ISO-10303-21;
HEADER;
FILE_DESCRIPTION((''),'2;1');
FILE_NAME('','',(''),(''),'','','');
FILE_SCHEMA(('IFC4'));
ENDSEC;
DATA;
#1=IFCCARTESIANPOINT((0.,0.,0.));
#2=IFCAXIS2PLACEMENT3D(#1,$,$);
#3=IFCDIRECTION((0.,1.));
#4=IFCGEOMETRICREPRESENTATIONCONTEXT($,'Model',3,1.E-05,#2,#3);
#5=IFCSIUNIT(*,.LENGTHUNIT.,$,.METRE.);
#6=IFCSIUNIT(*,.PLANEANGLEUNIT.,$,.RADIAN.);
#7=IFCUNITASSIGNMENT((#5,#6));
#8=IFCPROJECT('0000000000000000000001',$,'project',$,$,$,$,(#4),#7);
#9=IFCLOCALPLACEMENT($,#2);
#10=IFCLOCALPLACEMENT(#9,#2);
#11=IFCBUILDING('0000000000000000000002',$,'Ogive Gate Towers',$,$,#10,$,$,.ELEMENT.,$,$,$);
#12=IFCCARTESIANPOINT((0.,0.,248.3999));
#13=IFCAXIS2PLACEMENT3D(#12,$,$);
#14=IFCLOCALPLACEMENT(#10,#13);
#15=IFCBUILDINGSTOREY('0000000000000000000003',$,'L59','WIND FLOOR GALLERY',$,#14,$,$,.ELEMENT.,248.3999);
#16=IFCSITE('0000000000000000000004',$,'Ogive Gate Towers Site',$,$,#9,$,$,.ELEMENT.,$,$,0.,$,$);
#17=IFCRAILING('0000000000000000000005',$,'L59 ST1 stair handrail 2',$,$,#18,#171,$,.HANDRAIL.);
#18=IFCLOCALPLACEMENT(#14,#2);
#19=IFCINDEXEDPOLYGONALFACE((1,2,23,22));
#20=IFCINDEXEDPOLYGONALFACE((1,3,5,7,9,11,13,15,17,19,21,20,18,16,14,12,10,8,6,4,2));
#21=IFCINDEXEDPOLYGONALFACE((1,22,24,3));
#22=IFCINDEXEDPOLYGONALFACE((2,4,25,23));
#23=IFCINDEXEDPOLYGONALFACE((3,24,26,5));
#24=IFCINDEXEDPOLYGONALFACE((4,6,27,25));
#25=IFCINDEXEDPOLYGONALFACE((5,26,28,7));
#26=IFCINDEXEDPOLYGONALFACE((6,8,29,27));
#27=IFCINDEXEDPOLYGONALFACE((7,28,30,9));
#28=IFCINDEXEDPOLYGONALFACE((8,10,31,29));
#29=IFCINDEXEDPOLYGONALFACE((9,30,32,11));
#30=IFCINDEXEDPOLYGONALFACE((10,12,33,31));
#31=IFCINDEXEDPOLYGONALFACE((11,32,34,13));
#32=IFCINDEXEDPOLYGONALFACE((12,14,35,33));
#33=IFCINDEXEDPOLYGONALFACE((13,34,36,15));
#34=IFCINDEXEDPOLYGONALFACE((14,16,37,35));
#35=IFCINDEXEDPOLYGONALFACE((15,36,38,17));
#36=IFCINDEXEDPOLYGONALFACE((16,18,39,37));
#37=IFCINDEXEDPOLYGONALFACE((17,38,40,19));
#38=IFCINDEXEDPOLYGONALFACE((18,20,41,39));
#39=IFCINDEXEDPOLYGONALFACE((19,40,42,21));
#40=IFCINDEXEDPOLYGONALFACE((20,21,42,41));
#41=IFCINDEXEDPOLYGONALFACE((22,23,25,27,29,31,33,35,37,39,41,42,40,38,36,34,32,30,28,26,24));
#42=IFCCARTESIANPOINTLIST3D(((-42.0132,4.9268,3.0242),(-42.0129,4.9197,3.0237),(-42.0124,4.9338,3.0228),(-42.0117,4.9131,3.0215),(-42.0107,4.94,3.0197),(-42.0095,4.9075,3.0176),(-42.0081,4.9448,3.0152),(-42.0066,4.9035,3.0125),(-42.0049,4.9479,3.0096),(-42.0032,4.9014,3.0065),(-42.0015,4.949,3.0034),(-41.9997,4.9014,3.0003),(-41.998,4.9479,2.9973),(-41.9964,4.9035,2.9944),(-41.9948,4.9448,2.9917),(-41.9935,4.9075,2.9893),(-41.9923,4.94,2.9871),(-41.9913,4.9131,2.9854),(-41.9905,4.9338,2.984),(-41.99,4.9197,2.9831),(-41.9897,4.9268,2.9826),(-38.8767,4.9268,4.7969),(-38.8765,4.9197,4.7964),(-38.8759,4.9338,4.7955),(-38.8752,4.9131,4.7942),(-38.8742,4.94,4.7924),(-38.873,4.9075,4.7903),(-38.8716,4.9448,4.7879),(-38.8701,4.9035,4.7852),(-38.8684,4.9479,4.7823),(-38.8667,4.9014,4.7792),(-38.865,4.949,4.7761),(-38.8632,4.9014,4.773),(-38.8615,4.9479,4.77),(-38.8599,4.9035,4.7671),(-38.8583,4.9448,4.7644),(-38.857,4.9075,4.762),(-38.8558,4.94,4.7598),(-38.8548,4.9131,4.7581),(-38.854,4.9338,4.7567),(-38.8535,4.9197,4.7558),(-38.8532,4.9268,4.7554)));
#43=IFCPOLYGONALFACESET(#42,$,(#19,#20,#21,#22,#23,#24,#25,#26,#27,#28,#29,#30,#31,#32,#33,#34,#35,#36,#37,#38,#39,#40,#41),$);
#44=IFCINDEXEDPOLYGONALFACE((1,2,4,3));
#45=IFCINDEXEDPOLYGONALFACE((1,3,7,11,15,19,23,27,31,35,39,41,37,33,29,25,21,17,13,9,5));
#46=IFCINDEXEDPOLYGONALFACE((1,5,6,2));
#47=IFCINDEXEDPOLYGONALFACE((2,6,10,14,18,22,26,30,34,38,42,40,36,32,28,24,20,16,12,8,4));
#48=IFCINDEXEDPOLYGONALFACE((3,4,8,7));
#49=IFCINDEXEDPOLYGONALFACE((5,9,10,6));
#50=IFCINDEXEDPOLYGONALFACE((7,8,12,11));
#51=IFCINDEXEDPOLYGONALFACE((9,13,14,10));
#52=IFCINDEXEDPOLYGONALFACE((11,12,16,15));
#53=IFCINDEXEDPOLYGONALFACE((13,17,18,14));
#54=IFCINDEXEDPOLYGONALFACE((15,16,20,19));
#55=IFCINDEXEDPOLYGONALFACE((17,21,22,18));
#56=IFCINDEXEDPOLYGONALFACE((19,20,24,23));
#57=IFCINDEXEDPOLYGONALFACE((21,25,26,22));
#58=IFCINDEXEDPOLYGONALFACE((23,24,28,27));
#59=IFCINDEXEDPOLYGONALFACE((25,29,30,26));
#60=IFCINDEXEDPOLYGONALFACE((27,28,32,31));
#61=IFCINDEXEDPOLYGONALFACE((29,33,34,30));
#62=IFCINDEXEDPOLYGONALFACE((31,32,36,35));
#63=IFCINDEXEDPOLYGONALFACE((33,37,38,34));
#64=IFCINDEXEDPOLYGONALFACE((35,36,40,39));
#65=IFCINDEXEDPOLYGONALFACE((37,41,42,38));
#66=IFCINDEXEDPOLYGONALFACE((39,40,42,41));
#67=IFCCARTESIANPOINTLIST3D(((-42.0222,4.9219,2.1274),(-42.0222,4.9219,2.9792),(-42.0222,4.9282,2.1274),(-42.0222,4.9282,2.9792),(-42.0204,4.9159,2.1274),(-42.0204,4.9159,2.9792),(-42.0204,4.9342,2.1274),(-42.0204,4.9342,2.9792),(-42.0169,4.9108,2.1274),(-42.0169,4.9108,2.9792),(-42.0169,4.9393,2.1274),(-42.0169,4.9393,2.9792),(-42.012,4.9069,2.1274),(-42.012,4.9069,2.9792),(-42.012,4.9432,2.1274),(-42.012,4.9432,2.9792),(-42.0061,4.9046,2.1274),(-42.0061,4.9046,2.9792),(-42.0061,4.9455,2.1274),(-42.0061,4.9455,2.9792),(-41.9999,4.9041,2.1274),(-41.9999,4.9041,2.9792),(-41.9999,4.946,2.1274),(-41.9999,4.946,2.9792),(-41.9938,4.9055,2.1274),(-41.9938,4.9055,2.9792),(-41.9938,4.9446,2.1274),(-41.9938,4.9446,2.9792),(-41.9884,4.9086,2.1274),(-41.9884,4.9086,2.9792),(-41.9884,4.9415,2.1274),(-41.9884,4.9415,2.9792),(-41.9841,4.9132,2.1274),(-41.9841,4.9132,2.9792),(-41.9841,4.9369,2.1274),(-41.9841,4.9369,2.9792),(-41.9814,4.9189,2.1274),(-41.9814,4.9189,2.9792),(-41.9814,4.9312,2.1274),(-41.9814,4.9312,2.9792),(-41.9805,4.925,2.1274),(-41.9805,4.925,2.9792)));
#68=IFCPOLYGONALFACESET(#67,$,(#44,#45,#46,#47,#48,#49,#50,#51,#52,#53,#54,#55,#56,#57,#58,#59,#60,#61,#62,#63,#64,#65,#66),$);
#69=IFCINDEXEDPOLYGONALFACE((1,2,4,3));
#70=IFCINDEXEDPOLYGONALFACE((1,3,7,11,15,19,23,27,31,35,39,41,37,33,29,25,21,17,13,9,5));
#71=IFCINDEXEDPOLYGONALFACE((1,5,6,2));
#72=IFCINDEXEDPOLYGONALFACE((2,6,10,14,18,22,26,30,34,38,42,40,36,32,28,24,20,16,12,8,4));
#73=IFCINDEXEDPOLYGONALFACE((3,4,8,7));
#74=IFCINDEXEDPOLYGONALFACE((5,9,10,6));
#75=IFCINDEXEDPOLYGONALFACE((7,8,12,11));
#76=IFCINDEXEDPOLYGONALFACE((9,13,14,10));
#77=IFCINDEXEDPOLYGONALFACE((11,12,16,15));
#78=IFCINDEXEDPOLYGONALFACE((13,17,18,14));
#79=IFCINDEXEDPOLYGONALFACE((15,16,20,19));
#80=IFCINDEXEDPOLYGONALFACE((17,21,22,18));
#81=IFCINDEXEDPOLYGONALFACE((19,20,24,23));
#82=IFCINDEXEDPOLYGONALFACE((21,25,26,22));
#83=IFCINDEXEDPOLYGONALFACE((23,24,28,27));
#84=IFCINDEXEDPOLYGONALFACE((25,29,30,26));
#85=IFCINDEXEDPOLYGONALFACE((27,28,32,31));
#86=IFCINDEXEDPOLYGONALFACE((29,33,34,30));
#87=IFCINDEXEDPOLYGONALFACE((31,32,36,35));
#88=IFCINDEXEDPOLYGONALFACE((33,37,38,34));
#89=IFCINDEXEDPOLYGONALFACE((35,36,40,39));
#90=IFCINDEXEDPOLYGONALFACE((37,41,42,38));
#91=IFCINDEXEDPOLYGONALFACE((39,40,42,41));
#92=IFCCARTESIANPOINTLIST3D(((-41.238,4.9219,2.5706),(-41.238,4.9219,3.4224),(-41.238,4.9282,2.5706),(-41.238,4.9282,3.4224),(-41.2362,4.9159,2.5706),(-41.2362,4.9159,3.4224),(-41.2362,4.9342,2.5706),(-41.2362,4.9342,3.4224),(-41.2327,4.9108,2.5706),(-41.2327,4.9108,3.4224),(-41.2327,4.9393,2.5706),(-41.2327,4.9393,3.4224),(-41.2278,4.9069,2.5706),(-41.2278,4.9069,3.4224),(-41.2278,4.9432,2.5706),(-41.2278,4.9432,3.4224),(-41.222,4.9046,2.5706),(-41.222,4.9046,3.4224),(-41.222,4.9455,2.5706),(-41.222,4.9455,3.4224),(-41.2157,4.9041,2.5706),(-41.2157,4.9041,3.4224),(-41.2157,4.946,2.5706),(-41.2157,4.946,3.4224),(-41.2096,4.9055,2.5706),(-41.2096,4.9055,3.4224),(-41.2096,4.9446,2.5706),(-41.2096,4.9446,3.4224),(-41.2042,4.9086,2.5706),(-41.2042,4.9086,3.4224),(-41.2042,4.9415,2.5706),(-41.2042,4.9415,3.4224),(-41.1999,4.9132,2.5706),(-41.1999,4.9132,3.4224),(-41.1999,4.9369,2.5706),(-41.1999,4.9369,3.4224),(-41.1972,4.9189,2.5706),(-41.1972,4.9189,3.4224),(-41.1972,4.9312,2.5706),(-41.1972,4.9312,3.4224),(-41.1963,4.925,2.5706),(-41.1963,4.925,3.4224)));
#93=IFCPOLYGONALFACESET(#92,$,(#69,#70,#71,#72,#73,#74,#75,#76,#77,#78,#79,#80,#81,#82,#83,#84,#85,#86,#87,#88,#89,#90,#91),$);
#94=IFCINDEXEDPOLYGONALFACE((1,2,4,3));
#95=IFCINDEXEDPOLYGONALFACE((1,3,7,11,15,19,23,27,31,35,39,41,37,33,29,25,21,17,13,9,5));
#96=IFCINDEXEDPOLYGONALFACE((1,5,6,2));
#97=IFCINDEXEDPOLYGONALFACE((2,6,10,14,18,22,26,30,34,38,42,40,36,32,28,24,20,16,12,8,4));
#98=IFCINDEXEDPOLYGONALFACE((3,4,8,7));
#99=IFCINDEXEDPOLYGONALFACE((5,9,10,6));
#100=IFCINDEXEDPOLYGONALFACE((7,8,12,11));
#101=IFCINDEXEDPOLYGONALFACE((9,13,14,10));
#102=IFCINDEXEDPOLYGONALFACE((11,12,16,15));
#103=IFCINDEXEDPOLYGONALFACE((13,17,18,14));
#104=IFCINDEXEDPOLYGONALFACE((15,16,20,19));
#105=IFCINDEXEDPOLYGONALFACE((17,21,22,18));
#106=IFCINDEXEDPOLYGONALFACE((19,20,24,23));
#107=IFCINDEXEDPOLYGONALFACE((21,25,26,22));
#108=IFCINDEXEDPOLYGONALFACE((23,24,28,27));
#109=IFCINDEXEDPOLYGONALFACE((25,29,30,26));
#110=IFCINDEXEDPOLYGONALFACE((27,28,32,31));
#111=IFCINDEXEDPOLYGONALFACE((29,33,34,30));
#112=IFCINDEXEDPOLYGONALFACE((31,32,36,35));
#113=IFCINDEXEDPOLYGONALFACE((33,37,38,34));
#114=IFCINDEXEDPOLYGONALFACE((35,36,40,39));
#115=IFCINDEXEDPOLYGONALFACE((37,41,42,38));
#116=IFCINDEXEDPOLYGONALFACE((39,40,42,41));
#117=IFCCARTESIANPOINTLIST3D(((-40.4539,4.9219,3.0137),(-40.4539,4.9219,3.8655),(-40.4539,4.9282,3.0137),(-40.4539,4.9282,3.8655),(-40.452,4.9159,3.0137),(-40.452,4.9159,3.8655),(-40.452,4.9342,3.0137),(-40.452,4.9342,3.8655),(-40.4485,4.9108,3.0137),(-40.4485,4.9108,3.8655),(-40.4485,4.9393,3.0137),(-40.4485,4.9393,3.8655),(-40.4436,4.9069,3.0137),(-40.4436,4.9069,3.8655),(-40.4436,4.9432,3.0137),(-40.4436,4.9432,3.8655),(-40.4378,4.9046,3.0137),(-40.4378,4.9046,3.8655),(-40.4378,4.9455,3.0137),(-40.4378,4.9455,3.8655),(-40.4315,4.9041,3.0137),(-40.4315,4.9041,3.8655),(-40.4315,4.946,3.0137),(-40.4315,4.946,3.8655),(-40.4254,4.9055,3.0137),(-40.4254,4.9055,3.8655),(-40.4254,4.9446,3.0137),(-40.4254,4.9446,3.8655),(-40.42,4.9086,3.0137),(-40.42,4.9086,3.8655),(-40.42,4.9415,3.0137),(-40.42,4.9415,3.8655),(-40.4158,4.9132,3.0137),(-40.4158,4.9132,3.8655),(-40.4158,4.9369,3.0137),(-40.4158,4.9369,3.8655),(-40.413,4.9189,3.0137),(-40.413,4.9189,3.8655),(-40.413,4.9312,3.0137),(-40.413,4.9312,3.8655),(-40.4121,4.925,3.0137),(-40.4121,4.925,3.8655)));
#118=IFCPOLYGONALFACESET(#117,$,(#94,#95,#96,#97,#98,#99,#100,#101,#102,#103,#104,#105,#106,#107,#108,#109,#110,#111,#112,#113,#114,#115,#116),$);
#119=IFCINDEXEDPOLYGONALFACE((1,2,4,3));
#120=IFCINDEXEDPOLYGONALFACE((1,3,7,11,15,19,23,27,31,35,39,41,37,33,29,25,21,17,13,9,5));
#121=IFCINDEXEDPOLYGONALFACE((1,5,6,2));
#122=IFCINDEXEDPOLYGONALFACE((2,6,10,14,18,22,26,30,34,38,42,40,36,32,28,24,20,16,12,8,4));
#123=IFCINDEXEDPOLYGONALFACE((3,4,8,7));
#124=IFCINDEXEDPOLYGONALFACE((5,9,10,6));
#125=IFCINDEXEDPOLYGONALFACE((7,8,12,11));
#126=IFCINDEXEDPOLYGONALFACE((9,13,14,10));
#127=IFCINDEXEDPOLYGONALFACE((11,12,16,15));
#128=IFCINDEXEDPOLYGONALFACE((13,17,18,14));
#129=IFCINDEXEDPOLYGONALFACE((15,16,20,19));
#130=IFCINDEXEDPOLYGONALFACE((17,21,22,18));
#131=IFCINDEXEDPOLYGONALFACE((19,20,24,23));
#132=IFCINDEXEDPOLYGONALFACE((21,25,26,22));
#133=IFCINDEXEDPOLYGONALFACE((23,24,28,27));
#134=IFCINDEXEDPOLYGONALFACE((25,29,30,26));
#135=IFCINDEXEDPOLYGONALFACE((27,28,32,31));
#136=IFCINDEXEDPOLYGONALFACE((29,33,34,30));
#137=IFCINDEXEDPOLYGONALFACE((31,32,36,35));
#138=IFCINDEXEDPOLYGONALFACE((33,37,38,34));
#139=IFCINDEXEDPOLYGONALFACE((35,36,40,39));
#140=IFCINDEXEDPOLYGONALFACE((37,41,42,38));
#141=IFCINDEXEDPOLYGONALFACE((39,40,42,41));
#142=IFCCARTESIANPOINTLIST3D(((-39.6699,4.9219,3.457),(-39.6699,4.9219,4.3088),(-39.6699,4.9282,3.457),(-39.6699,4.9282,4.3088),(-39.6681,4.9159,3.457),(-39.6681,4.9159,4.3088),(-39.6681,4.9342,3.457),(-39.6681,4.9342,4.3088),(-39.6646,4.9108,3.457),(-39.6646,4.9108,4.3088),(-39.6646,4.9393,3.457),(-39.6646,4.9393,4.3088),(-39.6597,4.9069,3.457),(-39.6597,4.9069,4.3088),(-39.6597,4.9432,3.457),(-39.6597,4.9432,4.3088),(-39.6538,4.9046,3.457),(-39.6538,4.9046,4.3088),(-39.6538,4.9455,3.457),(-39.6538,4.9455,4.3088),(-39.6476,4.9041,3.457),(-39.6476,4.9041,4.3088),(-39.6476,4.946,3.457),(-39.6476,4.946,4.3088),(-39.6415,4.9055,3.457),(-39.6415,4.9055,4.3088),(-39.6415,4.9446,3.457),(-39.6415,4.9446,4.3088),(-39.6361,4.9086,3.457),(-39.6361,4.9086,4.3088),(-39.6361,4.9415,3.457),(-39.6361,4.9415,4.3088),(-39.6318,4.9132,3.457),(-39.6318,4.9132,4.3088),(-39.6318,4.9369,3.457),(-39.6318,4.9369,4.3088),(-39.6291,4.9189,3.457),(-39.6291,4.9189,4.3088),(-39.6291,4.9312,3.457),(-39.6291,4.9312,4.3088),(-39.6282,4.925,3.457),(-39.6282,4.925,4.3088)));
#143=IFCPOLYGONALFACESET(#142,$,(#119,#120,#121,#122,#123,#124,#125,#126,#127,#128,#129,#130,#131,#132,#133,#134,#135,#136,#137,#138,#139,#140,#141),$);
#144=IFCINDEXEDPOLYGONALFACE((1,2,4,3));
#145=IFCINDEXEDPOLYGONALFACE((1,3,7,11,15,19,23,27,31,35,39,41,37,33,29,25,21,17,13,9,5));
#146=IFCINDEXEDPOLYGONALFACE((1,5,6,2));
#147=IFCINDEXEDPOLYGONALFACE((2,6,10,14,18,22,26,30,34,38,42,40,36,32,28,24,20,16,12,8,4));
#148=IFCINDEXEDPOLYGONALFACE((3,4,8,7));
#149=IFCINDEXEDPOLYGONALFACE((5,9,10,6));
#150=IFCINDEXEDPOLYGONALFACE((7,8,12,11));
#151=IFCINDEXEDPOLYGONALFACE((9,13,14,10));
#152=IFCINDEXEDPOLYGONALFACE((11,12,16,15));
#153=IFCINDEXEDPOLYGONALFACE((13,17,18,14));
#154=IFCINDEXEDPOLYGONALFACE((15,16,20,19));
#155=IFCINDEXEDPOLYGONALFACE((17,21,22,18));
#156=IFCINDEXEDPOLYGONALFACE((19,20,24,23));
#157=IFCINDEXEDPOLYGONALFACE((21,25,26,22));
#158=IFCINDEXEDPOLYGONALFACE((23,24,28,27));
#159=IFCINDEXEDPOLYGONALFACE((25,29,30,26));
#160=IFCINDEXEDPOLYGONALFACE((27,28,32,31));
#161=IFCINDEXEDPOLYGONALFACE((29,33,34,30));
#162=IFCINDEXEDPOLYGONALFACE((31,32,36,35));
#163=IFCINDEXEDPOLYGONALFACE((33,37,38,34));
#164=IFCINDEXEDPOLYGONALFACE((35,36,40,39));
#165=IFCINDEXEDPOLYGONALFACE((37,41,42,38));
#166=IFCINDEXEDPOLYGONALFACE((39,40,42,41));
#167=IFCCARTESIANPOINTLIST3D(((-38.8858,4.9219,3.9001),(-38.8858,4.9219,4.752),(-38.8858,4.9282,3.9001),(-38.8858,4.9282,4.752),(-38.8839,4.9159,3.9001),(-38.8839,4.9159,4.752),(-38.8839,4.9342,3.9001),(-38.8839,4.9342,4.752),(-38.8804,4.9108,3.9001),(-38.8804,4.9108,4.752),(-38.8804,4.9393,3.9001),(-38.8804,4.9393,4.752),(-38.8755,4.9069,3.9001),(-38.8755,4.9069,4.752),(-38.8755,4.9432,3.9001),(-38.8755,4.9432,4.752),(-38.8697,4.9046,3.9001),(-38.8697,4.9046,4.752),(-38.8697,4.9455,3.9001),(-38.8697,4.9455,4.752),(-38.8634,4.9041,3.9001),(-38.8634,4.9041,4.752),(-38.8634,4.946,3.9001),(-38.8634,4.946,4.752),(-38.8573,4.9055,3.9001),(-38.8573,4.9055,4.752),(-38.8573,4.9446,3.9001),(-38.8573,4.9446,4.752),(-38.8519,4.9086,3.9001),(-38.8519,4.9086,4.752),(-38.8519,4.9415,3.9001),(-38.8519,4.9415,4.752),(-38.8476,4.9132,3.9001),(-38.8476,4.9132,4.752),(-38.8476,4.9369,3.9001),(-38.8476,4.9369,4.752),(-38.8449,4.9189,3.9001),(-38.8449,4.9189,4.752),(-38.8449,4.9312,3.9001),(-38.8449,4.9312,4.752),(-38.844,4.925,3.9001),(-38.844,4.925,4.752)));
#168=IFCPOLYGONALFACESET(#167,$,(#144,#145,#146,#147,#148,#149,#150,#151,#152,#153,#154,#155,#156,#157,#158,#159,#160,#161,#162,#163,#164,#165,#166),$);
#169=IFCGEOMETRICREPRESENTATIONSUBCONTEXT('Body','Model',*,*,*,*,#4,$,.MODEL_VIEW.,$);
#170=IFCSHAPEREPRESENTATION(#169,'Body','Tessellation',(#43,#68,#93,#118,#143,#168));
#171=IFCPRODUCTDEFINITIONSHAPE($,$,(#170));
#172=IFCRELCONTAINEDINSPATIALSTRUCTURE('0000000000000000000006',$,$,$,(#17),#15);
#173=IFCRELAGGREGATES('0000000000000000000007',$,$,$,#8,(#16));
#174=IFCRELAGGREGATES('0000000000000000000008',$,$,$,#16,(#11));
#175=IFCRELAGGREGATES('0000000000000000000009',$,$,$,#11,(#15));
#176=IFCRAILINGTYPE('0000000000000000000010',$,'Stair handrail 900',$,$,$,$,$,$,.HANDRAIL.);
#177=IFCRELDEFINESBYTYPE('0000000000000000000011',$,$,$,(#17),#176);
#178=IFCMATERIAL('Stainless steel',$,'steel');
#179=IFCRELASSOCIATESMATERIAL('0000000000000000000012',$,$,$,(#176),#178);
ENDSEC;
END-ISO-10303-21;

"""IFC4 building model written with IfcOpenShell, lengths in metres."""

from ifc_helpers import new_model, si_unit, direction, frame, origin, origin_2d, place, context, subcontext, project, spatial, circle, extrude, material, type_object, element, save


model = new_model("IFC4")

# Units and contexts
model_context = context("Model", 3, precision=1e-05, world=origin(), true_north=direction((0.0, 1.0)))
body_context = subcontext(model_context, "Body", "Model", "MODEL_VIEW")
ifc_project = project(units=[si_unit("LENGTHUNIT", "METRE"), si_unit("PLANEANGLEUNIT", "RADIAN")], contexts=[model_context])

# Site, building, storey
site_placement = place(None, origin())
site = spatial("IfcSite", under=ifc_project, at=site_placement, Name="Ogive Gate Towers Site", CompositionType="ELEMENT", RefElevation=0.0)
building_placement = place(site_placement, origin())
building = spatial("IfcBuilding", under=site, at=building_placement, Name="Ogive Gate Towers", CompositionType="ELEMENT")
storey_placement = place(building_placement, frame((0.0, 0.0, 248.3999)))
storey = spatial("IfcBuildingStorey", under=building, at=storey_placement, Name="L59", Description="WIND FLOOR GALLERY", CompositionType="ELEMENT", Elevation=248.3999)

# Railing
ifc_material_1 = material(Name="Stainless steel", Category="steel")
railing_type_1 = type_object("IfcRailingType", Name="Stair handrail 900", PredefinedType="HANDRAIL", material=ifc_material_1)
railing_1_placement = place(storey_placement, frame((-42.0015, 4.925, 2.1274)))
element("IfcRailing", 1, at=railing_1_placement, inside=storey, type_object=railing_type_1, Name="L59 ST1 stair handrail 2", PredefinedType="HANDRAIL", context=body_context, shape_type="SweptSolid", body=[
    extrude(circle(Radius=0.0239, at=origin_2d()), frame((0.0, 0.0, 0.876), z_axis=(0.870573, 0.0, 0.492039), x_axis=(0.0, 1.0, 0.0)), (0.0, 0.0, 1.0), 3.6028),
    extrude(circle(Radius=0.021, at=origin_2d()), origin(), (0.0, 0.0, 1.0), 0.8518),
    extrude(circle(Radius=0.021, at=origin_2d()), frame((0.7842, 0.0, 0.4431)), (0.0, 0.0, 1.0), 0.8518),
    extrude(circle(Radius=0.021, at=origin_2d()), frame((1.5684, 0.0, 0.8862)), (0.0, 0.0, 1.0), 0.8518),
    extrude(circle(Radius=0.021, at=origin_2d()), frame((2.3523, 0.0, 1.3296)), (0.0, 0.0, 1.0), 0.8518),
    extrude(circle(Radius=0.021, at=origin_2d()), frame((3.1365, 0.0, 1.7727)), (0.0, 0.0, 1.0), 0.8518),
])

save(model, "model.ifc")
